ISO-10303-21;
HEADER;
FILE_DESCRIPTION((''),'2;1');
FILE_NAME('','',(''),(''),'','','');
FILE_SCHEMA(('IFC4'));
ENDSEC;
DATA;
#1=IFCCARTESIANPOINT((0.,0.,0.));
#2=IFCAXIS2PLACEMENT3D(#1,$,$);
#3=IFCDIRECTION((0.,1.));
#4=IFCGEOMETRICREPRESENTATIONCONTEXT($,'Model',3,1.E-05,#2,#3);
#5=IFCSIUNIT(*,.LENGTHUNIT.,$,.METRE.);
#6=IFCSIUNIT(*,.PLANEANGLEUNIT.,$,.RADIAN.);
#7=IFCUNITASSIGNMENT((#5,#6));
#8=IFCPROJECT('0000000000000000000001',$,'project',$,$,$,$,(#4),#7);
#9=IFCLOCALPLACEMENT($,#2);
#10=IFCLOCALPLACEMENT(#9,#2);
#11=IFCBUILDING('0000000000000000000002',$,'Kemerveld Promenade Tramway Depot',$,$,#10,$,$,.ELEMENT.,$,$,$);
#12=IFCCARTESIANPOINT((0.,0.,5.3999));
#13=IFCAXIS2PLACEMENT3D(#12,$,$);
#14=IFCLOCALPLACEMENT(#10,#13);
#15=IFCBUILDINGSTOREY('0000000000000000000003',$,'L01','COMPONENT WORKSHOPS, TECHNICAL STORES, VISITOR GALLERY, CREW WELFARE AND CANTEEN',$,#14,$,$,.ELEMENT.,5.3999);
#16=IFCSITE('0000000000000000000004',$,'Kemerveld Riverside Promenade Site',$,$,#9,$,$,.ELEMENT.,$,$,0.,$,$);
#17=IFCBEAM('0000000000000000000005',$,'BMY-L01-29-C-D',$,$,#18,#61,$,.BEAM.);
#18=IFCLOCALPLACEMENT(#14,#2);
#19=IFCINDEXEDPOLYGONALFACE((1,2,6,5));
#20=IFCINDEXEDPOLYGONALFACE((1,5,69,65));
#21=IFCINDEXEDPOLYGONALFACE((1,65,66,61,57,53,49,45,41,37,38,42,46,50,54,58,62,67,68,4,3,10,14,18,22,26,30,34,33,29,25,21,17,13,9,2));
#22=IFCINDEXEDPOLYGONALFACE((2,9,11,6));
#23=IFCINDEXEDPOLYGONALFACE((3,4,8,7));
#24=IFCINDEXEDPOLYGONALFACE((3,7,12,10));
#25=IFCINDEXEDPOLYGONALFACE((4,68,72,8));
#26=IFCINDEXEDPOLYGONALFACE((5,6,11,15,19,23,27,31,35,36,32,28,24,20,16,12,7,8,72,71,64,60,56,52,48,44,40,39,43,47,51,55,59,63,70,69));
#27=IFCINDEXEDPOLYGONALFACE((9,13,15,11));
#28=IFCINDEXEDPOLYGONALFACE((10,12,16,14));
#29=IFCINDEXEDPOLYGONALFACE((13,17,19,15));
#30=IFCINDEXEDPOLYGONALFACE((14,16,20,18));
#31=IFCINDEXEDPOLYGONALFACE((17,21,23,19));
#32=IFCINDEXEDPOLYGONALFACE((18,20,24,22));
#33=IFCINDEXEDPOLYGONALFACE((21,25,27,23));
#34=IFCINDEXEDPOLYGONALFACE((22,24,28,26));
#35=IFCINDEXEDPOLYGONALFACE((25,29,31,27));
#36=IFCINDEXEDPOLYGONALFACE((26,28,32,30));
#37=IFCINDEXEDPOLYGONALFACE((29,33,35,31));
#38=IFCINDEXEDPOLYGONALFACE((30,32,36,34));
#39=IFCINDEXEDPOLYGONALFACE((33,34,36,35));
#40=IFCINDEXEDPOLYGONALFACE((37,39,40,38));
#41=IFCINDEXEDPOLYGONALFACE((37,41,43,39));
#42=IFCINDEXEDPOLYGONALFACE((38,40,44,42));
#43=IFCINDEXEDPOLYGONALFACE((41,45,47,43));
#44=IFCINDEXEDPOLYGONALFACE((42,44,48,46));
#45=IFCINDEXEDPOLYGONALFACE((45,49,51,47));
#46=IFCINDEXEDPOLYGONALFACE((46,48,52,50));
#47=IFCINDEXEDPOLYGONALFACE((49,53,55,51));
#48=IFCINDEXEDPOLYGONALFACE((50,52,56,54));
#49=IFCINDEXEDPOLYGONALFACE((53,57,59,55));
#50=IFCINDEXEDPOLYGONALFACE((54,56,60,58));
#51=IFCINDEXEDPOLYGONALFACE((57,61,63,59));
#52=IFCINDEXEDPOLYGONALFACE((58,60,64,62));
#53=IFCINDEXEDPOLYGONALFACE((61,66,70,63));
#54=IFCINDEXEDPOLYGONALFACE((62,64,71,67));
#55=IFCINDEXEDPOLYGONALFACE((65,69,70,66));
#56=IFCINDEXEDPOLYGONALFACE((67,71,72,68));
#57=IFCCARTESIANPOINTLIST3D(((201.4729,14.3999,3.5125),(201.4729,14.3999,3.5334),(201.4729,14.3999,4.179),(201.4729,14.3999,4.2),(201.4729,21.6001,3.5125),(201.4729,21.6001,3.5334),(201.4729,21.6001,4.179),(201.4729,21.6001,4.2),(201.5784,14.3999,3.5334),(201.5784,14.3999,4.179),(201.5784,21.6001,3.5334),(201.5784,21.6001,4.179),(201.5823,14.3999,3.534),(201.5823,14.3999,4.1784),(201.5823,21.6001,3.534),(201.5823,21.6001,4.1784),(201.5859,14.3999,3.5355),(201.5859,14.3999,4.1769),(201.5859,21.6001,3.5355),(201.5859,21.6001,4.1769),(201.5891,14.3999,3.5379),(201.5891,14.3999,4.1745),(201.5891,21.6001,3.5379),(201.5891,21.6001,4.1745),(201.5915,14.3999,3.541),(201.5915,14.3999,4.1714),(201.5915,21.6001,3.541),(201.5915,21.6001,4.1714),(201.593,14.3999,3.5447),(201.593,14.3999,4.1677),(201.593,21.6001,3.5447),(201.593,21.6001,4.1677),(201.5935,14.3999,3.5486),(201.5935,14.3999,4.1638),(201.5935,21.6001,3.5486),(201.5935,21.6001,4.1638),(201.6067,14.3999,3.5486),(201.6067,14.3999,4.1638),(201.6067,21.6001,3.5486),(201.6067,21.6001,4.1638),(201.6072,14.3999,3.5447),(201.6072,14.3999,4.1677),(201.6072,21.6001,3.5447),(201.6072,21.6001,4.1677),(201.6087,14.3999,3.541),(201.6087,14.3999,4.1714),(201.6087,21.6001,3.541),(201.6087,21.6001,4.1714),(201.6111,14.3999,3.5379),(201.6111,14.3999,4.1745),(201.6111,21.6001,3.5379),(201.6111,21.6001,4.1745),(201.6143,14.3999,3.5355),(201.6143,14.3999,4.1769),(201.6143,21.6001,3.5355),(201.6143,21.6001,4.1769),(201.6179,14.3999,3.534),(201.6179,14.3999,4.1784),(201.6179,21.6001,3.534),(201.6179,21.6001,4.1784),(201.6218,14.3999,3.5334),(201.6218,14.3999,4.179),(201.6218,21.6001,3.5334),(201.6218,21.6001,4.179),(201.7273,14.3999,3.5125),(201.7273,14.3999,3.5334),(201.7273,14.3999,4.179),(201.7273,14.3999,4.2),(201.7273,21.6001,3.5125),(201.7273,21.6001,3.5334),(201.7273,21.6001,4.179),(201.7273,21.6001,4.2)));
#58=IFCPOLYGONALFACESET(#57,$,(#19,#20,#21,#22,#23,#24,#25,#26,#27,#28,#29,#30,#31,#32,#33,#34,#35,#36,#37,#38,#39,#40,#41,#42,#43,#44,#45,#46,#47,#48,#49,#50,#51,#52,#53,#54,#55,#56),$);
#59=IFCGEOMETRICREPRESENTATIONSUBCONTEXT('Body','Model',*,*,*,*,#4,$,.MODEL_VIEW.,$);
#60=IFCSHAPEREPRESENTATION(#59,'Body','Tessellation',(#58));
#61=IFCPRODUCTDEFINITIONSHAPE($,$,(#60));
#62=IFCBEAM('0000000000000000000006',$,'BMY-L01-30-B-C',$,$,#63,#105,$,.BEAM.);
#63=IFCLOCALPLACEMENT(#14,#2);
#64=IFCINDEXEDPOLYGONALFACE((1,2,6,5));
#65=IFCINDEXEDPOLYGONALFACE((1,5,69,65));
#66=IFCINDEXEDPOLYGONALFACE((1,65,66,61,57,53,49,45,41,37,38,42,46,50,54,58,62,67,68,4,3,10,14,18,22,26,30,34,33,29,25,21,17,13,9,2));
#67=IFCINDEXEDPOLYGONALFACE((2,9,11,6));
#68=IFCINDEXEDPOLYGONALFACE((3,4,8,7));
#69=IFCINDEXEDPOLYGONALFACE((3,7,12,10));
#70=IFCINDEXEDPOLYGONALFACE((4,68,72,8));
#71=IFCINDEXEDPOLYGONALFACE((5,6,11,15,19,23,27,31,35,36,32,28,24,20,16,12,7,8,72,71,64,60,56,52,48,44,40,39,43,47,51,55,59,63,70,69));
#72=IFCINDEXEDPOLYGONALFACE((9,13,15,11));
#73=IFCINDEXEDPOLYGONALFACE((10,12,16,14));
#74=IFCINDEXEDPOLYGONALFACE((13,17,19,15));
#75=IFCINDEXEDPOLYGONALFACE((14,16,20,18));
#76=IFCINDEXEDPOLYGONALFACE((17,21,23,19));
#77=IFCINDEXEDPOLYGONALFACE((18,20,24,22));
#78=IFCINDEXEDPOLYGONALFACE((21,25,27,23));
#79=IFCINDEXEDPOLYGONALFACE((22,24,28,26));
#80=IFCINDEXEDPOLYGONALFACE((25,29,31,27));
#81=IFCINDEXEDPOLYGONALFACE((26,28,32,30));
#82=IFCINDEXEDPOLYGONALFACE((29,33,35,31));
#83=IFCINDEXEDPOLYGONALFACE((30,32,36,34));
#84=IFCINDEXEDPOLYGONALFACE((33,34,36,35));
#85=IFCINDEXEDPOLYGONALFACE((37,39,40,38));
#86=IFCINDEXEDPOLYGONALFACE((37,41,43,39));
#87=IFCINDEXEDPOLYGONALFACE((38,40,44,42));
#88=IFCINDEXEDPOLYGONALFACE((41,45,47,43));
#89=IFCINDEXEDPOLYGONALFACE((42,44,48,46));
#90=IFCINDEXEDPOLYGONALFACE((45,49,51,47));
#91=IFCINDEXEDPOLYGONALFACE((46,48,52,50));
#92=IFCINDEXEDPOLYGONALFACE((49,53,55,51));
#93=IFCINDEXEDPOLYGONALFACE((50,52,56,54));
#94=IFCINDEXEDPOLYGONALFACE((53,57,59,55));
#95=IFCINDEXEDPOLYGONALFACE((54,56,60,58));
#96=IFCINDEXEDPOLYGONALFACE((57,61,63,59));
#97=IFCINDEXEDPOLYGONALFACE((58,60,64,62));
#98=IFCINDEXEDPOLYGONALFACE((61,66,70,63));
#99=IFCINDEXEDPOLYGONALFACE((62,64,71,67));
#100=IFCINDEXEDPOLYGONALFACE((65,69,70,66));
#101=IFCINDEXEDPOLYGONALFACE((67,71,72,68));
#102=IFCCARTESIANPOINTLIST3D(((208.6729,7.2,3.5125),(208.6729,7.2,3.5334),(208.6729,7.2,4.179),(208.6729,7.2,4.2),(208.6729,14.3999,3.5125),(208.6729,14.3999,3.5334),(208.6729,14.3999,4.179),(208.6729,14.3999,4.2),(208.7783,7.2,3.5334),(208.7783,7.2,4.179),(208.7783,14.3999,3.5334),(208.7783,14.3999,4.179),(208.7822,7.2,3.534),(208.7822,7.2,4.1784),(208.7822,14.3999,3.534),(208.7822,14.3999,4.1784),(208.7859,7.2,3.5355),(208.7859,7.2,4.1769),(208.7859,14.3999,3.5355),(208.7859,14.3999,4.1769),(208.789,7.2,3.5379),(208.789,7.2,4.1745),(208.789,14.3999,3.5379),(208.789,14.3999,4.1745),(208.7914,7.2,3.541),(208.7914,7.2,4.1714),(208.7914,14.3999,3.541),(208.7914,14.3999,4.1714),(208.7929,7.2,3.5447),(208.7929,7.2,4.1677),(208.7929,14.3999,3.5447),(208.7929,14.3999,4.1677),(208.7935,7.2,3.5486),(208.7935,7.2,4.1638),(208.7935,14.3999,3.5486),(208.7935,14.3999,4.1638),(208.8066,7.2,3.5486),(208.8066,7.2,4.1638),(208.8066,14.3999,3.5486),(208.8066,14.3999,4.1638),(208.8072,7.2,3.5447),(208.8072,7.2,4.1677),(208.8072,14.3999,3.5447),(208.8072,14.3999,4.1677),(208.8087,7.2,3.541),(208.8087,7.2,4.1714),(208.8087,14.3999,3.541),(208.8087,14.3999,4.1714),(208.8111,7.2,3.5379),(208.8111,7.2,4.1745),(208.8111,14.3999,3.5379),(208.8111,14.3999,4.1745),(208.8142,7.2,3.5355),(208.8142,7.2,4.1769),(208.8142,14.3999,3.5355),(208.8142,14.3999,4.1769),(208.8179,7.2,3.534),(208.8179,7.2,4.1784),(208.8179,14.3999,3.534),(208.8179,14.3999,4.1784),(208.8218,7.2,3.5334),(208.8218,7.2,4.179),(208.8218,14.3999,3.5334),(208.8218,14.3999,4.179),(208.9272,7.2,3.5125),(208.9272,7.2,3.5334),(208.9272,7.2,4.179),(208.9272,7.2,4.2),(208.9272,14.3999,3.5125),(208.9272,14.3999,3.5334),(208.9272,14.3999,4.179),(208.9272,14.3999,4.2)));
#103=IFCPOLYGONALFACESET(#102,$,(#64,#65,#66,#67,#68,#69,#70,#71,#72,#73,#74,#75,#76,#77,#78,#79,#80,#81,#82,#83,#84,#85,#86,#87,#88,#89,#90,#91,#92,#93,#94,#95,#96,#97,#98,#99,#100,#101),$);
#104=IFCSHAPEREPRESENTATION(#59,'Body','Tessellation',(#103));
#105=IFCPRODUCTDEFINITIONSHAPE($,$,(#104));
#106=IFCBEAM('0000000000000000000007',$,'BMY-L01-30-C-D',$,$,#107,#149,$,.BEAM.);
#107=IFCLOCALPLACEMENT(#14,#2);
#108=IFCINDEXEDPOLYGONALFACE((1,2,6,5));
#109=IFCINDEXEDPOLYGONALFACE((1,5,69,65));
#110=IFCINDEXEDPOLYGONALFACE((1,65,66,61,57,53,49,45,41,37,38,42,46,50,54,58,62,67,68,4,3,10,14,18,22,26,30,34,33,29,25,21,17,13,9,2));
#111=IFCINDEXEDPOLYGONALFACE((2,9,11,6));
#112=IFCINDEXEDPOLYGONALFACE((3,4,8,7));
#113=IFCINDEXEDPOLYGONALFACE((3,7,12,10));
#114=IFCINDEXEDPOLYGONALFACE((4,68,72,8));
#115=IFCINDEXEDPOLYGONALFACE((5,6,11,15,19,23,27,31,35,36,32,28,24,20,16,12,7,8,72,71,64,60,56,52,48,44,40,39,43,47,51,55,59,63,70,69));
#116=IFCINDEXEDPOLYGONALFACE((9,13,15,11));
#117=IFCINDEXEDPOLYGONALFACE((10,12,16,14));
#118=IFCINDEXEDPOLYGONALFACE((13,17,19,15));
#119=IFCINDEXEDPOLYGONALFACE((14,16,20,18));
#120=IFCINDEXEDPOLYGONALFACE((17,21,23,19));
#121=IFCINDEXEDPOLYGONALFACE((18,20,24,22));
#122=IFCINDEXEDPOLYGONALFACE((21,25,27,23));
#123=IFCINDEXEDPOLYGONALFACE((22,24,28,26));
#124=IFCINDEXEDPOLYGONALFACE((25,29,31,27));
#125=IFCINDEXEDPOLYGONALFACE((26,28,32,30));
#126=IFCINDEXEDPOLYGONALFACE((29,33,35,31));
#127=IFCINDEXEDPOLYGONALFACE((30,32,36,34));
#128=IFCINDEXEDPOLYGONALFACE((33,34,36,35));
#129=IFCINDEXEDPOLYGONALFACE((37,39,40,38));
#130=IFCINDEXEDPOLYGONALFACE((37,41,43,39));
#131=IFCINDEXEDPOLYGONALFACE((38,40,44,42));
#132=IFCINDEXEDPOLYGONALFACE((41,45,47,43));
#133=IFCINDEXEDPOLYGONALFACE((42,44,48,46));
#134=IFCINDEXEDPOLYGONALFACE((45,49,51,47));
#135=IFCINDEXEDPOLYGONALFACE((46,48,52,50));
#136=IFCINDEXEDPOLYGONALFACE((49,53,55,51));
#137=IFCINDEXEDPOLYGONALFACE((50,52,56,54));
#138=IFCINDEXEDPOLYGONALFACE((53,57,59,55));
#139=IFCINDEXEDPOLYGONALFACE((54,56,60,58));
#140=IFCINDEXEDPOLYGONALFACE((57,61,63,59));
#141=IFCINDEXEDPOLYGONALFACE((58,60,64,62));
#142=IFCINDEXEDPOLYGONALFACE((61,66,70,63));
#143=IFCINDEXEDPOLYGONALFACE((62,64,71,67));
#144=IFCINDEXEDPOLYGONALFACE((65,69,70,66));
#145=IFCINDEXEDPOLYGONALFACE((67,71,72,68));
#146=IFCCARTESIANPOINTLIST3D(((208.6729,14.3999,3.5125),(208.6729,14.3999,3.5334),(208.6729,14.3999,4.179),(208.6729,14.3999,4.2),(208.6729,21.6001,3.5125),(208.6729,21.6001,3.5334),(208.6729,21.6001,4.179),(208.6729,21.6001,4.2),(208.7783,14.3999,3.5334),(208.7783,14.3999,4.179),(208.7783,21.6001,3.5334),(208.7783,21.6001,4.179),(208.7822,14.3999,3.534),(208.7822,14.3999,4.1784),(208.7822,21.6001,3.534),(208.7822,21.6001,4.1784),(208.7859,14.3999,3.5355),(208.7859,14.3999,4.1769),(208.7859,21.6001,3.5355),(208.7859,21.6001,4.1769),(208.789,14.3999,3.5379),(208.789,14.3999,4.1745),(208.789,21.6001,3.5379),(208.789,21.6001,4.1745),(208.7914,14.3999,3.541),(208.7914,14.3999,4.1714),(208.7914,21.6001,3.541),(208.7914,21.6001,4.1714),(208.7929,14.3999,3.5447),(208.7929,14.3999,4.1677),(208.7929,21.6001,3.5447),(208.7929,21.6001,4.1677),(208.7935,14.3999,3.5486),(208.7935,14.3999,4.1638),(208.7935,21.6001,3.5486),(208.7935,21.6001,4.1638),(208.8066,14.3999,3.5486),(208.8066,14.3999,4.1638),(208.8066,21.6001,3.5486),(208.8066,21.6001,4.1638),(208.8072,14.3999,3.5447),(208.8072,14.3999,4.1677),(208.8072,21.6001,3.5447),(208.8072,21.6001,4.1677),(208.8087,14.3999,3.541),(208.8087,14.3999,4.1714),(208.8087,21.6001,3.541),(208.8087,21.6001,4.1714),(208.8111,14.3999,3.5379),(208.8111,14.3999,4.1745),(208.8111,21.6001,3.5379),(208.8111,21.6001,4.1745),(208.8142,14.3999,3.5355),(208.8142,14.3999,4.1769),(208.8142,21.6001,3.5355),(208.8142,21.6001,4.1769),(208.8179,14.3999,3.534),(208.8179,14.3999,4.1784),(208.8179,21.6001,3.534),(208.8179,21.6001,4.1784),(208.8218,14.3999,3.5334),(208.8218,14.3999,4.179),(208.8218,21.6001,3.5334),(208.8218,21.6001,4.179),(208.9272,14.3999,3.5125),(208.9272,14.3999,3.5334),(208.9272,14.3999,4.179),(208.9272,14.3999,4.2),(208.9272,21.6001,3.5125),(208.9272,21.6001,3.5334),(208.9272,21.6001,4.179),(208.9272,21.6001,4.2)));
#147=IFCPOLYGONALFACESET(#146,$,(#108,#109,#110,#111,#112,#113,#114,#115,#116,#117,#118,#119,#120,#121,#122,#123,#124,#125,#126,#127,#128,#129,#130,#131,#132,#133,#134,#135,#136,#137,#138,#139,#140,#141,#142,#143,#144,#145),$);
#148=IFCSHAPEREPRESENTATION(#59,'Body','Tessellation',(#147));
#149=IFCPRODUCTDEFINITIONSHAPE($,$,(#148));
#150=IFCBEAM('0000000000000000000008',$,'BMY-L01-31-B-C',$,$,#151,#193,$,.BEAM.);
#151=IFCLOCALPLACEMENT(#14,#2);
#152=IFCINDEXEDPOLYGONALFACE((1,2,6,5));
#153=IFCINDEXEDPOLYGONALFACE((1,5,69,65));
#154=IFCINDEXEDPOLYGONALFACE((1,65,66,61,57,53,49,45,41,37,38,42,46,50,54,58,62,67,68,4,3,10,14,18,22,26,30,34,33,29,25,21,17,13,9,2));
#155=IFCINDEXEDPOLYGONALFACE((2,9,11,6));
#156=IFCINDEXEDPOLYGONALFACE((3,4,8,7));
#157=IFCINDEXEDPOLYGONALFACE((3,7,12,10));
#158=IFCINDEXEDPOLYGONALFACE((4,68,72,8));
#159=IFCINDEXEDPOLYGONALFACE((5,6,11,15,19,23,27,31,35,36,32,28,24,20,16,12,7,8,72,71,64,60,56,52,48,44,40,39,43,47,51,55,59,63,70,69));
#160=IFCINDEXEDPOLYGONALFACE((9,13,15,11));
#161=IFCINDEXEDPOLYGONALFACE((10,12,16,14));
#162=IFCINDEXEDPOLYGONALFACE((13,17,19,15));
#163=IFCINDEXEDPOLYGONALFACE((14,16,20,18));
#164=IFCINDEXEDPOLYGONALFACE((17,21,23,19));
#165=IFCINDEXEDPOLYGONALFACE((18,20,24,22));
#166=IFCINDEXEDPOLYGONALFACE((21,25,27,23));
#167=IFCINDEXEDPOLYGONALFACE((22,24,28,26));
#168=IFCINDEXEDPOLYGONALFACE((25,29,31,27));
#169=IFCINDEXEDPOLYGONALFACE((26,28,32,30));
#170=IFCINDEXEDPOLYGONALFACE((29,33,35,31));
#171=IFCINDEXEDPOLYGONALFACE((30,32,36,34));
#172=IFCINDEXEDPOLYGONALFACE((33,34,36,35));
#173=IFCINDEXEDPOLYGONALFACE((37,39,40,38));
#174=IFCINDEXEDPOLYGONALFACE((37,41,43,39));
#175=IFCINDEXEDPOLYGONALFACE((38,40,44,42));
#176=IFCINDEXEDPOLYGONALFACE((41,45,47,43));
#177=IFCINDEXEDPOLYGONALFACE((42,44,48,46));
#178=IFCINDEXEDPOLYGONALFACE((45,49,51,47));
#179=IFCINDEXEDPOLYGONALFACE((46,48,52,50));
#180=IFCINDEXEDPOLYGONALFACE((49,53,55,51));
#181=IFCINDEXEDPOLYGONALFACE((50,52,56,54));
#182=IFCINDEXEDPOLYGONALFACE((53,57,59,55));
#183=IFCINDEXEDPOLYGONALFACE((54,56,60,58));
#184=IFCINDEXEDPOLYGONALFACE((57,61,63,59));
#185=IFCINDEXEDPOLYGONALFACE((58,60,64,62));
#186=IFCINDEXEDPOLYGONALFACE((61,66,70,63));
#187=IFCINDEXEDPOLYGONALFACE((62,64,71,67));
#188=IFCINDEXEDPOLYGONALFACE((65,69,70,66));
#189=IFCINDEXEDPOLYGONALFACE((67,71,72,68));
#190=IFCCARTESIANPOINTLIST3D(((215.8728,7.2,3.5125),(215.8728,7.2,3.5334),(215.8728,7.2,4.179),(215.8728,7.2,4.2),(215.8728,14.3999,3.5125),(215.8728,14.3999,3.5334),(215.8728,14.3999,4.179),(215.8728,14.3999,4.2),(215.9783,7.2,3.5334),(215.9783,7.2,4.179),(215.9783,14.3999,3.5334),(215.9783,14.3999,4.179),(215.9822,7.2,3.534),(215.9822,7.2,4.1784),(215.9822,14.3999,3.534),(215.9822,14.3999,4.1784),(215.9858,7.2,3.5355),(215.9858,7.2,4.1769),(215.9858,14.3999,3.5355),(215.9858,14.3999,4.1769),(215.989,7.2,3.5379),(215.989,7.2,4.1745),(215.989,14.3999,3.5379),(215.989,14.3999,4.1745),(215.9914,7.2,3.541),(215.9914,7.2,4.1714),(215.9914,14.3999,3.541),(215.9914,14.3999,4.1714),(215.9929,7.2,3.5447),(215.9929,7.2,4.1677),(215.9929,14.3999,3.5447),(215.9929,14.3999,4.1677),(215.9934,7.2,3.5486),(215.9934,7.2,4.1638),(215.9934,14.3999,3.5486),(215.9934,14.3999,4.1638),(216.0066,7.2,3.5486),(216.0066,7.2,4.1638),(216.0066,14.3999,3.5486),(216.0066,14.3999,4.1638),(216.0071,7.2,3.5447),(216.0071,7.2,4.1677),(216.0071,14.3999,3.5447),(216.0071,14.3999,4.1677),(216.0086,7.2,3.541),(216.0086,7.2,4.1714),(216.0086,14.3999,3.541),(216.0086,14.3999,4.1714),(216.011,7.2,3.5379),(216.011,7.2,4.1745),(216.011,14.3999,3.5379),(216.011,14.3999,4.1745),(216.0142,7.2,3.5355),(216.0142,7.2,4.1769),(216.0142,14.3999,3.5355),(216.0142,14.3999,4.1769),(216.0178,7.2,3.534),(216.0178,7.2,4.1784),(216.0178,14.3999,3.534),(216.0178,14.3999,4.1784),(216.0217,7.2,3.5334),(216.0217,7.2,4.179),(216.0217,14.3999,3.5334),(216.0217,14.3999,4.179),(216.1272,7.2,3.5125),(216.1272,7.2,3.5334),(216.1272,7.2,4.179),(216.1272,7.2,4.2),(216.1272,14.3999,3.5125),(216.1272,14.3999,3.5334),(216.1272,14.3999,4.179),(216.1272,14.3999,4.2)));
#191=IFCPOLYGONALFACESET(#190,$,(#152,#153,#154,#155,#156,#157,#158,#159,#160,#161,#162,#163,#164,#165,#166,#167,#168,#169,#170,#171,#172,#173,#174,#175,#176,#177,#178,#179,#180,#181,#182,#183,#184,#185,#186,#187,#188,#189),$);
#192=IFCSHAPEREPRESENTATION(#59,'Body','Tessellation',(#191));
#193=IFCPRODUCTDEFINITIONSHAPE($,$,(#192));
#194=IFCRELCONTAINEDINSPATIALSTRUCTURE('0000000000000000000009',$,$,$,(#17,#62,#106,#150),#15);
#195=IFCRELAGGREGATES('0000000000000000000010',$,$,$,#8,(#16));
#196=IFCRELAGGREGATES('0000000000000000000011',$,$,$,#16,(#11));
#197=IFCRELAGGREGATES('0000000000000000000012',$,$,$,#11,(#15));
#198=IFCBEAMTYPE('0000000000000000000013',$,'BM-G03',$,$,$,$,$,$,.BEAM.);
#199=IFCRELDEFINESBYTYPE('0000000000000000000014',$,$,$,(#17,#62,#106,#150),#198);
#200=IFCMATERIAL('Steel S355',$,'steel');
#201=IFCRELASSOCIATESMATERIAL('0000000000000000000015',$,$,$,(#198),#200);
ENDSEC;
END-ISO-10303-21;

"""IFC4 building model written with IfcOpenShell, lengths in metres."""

from ifc_helpers import new_model, si_unit, direction, frame, origin, origin_2d, place, context, subcontext, project, spatial, i_section, extrude, material, material_profile, profile_set, type_object, element, save


model = new_model("IFC4")

# Units and contexts
model_context = context("Model", 3, precision=1e-05, world=origin(), true_north=direction((0.0, 1.0)))
body_context = subcontext(model_context, "Body", "Model", "MODEL_VIEW")
ifc_project = project(units=[si_unit("LENGTHUNIT", "METRE"), si_unit("PLANEANGLEUNIT", "RADIAN")], contexts=[model_context])

# Site, building, storey
site_placement = place(None, origin())
site = spatial("IfcSite", under=ifc_project, at=site_placement, Name="Kemerveld Riverside Promenade Site", CompositionType="ELEMENT", RefElevation=0.0)
building_placement = place(site_placement, origin())
building = spatial("IfcBuilding", under=site, at=building_placement, Name="Kemerveld Promenade Tramway Depot", CompositionType="ELEMENT")
storey_placement = place(building_placement, frame((0.0, 0.0, 5.3999)))
storey = spatial("IfcBuildingStorey", under=building, at=storey_placement, Name="L01", Description="COMPONENT WORKSHOPS, TECHNICAL STORES, VISITOR GALLERY, CREW WELFARE AND CANTEEN", CompositionType="ELEMENT", Elevation=5.3999)

# Shared definitions
ifc_material_1 = material(Name="Steel S355", Category="steel")

# Beams
ifc_material_profile_1 = material_profile(ifc_material_1, i_section(OverallWidth=0.2544, OverallDepth=0.6875, WebThickness=0.0132, FlangeThickness=0.021, FilletRadius=0.0151, at=origin_2d()), Name="686x254x152 UB")
ifc_profile_set_1 = profile_set([ifc_material_profile_1], Name="Steel S355")
beam_type_1 = type_object("IfcBeamType", Name="BM-G03", PredefinedType="BEAM", material=ifc_profile_set_1)
beam_1_placement = place(storey_placement, frame((201.6001, 14.3999, 3.8562), z_axis=(0.0, 1.0, 0.0), x_axis=(-1.0, 0.0, 0.0)))
element("IfcBeam", 1, at=beam_1_placement, inside=storey, type_object=beam_type_1, Name="BMY-L01-29-C-D", PredefinedType="BEAM", context=body_context, shape_type="SweptSolid", body=[
    extrude(i_section(OverallWidth=0.2544, OverallDepth=0.6875, WebThickness=0.0132, FlangeThickness=0.021, FilletRadius=0.0151, at=origin_2d()), origin(), (0.0, 0.0, 1.0), 7.2002),
])
beam_2_placement = place(storey_placement, frame((208.8, 7.2, 3.8562), z_axis=(0.0, 1.0, 0.0), x_axis=(-1.0, 0.0, 0.0)))
element("IfcBeam", 2, at=beam_2_placement, inside=storey, type_object=beam_type_1, Name="BMY-L01-30-B-C", PredefinedType="BEAM", context=body_context, shape_type="SweptSolid", body=[
    extrude(i_section(OverallWidth=0.2544, OverallDepth=0.6875, WebThickness=0.0132, FlangeThickness=0.021, FilletRadius=0.0151, at=origin_2d()), origin(), (0.0, 0.0, 1.0), 7.2),
])
beam_3_placement = place(storey_placement, frame((208.8, 14.3999, 3.8562), z_axis=(0.0, 1.0, 0.0), x_axis=(-1.0, 0.0, 0.0)))
element("IfcBeam", 3, at=beam_3_placement, inside=storey, type_object=beam_type_1, Name="BMY-L01-30-C-D", PredefinedType="BEAM", context=body_context, shape_type="SweptSolid", body=[
    extrude(i_section(OverallWidth=0.2544, OverallDepth=0.6875, WebThickness=0.0132, FlangeThickness=0.021, FilletRadius=0.0151, at=origin_2d()), origin(), (0.0, 0.0, 1.0), 7.2002),
])
beam_4_placement = place(storey_placement, frame((216.0, 7.2, 3.8562), z_axis=(0.0, 1.0, 0.0), x_axis=(-1.0, 0.0, 0.0)))
element("IfcBeam", 4, at=beam_4_placement, inside=storey, type_object=beam_type_1, Name="BMY-L01-31-B-C", PredefinedType="BEAM", context=body_context, shape_type="SweptSolid", body=[
    extrude(i_section(OverallWidth=0.2544, OverallDepth=0.6875, WebThickness=0.0132, FlangeThickness=0.021, FilletRadius=0.0151, at=origin_2d()), origin(), (0.0, 0.0, 1.0), 7.2),
])

save(model, "model.ifc")
